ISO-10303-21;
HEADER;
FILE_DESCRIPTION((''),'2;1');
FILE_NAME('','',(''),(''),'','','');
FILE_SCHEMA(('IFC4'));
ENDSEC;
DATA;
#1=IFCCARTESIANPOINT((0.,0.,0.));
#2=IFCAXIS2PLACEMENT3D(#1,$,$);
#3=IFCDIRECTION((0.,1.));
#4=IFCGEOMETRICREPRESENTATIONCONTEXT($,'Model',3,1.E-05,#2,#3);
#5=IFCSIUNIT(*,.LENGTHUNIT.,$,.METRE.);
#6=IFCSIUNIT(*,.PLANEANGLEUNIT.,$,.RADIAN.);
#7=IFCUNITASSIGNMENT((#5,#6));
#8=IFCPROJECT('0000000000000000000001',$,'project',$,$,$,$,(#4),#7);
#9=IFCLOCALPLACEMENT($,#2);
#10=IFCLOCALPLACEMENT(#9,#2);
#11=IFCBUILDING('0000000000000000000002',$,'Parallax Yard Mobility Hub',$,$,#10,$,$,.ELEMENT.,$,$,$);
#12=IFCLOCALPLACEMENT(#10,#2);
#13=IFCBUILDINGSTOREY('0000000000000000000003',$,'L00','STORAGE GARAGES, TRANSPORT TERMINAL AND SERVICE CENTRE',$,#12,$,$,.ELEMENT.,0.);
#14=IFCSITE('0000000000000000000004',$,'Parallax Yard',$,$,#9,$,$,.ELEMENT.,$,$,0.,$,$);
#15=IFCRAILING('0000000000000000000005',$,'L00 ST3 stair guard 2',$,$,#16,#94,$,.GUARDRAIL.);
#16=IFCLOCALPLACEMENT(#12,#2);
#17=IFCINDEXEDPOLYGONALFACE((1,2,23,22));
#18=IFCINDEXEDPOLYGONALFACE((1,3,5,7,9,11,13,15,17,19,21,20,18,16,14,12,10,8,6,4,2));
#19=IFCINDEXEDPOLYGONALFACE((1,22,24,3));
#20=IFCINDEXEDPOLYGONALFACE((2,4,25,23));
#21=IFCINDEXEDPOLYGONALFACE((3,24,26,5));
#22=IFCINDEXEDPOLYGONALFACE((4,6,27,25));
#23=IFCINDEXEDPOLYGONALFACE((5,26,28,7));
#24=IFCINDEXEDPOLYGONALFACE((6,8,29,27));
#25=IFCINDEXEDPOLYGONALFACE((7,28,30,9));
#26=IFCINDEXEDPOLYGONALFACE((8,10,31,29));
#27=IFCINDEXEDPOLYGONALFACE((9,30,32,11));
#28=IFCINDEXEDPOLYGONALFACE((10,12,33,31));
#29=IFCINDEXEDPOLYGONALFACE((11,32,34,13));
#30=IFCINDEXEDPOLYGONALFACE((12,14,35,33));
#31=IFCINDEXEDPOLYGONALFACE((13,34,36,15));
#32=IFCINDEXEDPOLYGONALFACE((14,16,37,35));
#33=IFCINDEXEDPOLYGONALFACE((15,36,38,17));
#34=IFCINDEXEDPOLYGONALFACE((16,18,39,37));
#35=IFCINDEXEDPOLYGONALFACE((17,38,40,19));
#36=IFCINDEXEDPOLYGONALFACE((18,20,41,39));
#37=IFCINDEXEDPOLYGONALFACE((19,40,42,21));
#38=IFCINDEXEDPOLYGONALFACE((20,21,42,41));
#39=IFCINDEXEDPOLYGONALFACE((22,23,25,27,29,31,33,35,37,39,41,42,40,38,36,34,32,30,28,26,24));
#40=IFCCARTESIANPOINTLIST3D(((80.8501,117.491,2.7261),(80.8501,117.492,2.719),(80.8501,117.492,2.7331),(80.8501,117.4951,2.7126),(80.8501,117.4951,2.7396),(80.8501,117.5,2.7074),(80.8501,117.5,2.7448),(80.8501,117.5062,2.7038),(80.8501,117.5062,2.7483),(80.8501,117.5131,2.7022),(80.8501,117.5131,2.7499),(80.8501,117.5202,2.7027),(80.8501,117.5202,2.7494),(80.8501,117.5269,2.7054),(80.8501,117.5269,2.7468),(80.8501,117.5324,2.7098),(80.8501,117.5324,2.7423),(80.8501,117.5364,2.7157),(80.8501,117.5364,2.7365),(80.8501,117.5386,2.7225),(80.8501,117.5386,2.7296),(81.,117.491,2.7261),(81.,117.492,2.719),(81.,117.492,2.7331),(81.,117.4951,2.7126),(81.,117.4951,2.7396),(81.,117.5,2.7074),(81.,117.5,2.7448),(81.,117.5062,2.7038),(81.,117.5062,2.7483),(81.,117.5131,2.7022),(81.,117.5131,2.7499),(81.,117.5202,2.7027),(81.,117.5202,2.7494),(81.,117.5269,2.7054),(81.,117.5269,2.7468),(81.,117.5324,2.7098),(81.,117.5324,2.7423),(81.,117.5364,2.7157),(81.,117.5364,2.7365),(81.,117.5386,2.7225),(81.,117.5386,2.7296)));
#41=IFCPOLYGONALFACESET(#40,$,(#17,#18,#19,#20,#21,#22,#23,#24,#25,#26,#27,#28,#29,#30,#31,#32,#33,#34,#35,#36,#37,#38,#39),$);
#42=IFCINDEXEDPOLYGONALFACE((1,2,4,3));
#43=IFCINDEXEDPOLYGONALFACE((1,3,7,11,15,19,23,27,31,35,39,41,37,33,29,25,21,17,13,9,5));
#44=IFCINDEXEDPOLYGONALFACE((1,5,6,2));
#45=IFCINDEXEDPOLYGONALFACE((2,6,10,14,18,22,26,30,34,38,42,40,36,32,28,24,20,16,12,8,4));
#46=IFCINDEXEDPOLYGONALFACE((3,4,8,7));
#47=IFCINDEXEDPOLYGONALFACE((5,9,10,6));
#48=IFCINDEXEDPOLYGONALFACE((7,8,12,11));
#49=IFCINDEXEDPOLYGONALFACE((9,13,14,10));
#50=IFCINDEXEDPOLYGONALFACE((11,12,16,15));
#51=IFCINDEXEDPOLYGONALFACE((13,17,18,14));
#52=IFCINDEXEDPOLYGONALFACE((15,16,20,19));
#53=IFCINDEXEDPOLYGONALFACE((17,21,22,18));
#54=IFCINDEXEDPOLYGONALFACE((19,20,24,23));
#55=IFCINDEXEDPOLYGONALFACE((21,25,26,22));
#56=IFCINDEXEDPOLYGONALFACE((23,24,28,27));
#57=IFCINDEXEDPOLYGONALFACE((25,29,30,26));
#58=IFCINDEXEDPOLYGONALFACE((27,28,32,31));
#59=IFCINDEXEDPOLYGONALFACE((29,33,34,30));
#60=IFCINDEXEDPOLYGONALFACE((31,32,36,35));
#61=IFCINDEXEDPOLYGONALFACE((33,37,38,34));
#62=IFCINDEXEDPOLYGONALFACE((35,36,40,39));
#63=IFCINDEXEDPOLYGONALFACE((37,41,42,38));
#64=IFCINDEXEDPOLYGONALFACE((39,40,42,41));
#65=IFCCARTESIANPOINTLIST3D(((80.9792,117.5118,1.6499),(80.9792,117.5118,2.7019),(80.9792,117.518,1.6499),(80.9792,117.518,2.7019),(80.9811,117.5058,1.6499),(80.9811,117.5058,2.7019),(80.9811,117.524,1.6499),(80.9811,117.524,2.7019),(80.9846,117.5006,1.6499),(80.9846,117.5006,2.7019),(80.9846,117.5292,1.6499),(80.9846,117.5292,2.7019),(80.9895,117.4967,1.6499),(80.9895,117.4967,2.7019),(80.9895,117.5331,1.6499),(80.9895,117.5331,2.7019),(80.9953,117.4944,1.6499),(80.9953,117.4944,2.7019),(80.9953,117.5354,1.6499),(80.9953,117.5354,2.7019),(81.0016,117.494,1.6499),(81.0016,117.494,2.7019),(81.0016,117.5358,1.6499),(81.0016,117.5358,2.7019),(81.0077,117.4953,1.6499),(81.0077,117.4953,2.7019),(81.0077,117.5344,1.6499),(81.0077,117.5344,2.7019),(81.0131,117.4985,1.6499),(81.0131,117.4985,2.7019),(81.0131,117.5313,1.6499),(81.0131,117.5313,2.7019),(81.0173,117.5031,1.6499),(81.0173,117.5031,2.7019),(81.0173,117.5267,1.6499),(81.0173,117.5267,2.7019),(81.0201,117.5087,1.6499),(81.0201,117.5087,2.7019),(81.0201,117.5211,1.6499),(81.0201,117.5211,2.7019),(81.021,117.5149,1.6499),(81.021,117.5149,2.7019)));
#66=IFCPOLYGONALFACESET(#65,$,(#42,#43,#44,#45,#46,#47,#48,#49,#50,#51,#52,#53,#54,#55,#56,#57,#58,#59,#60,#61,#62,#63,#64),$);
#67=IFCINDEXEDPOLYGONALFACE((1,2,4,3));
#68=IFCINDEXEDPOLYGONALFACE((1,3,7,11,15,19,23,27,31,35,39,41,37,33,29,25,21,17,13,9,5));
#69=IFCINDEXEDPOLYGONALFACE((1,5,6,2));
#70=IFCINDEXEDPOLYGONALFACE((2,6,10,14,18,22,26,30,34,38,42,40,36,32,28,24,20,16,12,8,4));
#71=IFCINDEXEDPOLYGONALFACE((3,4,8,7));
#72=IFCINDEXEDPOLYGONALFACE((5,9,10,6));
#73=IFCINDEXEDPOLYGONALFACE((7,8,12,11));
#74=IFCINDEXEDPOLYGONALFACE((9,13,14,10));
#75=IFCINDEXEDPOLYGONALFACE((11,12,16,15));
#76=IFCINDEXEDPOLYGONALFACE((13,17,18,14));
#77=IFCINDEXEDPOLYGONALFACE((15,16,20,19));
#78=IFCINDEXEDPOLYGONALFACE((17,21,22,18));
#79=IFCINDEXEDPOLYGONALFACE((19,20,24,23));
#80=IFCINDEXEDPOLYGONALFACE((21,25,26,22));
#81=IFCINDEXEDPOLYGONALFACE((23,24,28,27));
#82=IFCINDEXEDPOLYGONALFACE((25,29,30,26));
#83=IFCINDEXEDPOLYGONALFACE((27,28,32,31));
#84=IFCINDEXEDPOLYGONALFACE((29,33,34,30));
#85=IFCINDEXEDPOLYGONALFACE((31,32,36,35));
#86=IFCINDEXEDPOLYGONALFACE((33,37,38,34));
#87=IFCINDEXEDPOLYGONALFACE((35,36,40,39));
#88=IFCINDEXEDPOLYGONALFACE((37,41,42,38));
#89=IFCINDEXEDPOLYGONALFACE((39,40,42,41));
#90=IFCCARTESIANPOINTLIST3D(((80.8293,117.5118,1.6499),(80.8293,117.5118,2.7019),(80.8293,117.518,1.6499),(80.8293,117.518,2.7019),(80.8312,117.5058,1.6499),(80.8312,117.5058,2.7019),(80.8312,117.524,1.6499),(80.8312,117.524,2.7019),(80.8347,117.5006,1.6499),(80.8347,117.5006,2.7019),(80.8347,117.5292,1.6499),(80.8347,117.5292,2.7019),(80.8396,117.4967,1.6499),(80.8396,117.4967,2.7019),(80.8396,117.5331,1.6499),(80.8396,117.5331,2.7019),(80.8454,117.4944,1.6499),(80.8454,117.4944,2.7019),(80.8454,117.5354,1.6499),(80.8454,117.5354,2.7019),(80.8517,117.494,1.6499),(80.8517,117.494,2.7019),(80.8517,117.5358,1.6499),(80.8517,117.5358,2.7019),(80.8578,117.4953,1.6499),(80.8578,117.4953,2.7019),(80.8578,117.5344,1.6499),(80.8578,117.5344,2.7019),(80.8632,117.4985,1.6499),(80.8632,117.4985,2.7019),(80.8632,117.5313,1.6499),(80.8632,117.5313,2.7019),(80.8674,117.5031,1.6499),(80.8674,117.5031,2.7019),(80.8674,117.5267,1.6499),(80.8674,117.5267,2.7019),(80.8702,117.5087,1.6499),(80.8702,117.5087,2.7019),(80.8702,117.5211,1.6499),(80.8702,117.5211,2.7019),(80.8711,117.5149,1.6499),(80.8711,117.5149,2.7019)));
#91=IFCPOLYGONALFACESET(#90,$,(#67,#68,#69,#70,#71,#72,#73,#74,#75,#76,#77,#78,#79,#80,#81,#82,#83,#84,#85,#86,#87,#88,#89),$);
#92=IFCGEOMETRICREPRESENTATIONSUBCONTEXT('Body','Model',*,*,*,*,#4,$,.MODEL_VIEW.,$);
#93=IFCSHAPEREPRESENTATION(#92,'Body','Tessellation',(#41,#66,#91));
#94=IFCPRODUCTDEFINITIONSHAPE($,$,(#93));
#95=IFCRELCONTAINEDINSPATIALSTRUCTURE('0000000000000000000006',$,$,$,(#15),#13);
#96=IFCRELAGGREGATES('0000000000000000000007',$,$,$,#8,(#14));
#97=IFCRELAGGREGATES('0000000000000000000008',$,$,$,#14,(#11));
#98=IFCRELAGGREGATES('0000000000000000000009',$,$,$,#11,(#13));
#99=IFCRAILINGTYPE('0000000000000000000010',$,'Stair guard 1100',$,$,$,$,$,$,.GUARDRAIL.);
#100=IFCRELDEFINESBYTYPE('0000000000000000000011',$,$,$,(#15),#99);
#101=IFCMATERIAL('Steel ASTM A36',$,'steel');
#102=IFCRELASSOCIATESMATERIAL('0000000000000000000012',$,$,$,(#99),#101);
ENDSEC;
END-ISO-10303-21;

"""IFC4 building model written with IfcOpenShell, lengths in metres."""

from ifc_helpers import new_model, si_unit, direction, frame, origin, origin_2d, place, context, subcontext, project, spatial, circle, extrude, material, type_object, element, save


model = new_model("IFC4")

# Units and contexts
model_context = context("Model", 3, precision=1e-05, world=origin(), true_north=direction((0.0, 1.0)))
body_context = subcontext(model_context, "Body", "Model", "MODEL_VIEW")
ifc_project = project(units=[si_unit("LENGTHUNIT", "METRE"), si_unit("PLANEANGLEUNIT", "RADIAN")], contexts=[model_context])

# Site, building, storey
site_placement = place(None, origin())
site = spatial("IfcSite", under=ifc_project, at=site_placement, Name="Parallax Yard", CompositionType="ELEMENT", RefElevation=0.0)
building_placement = place(site_placement, origin())
building = spatial("IfcBuilding", under=site, at=building_placement, Name="Parallax Yard Mobility Hub", CompositionType="ELEMENT")
storey_placement = place(building_placement, origin())
storey = spatial("IfcBuildingStorey", under=building, at=storey_placement, Name="L00", Description="STORAGE GARAGES, TRANSPORT TERMINAL AND SERVICE CENTRE", CompositionType="ELEMENT", Elevation=0.0)

# Railing
ifc_material_1 = material(Name="Steel ASTM A36", Category="steel")
railing_type_1 = type_object("IfcRailingType", Name="Stair guard 1100", PredefinedType="GUARDRAIL", material=ifc_material_1)
railing_1_placement = place(storey_placement, frame((81.0, 117.5149, 1.6499)))
element("IfcRailing", 1, at=railing_1_placement, inside=storey, type_object=railing_type_1, Name="L00 ST3 stair guard 2", PredefinedType="GUARDRAIL", context=body_context, shape_type="SweptSolid", body=[
    extrude(circle(Radius=0.0239, at=origin_2d()), frame((0.0, 0.0, 1.0762), z_axis=(-1.0, 0.0, 0.0), x_axis=(0.0, -1.0, 0.0)), (0.0, 0.0, 1.0), 0.1499),
    extrude(circle(Radius=0.021, at=origin_2d()), origin(), (0.0, 0.0, 1.0), 1.052),
    extrude(circle(Radius=0.021, at=origin_2d()), frame((-0.1499, 0.0, 0.0)), (0.0, 0.0, 1.0), 1.052),
])

save(model, "model.ifc")
